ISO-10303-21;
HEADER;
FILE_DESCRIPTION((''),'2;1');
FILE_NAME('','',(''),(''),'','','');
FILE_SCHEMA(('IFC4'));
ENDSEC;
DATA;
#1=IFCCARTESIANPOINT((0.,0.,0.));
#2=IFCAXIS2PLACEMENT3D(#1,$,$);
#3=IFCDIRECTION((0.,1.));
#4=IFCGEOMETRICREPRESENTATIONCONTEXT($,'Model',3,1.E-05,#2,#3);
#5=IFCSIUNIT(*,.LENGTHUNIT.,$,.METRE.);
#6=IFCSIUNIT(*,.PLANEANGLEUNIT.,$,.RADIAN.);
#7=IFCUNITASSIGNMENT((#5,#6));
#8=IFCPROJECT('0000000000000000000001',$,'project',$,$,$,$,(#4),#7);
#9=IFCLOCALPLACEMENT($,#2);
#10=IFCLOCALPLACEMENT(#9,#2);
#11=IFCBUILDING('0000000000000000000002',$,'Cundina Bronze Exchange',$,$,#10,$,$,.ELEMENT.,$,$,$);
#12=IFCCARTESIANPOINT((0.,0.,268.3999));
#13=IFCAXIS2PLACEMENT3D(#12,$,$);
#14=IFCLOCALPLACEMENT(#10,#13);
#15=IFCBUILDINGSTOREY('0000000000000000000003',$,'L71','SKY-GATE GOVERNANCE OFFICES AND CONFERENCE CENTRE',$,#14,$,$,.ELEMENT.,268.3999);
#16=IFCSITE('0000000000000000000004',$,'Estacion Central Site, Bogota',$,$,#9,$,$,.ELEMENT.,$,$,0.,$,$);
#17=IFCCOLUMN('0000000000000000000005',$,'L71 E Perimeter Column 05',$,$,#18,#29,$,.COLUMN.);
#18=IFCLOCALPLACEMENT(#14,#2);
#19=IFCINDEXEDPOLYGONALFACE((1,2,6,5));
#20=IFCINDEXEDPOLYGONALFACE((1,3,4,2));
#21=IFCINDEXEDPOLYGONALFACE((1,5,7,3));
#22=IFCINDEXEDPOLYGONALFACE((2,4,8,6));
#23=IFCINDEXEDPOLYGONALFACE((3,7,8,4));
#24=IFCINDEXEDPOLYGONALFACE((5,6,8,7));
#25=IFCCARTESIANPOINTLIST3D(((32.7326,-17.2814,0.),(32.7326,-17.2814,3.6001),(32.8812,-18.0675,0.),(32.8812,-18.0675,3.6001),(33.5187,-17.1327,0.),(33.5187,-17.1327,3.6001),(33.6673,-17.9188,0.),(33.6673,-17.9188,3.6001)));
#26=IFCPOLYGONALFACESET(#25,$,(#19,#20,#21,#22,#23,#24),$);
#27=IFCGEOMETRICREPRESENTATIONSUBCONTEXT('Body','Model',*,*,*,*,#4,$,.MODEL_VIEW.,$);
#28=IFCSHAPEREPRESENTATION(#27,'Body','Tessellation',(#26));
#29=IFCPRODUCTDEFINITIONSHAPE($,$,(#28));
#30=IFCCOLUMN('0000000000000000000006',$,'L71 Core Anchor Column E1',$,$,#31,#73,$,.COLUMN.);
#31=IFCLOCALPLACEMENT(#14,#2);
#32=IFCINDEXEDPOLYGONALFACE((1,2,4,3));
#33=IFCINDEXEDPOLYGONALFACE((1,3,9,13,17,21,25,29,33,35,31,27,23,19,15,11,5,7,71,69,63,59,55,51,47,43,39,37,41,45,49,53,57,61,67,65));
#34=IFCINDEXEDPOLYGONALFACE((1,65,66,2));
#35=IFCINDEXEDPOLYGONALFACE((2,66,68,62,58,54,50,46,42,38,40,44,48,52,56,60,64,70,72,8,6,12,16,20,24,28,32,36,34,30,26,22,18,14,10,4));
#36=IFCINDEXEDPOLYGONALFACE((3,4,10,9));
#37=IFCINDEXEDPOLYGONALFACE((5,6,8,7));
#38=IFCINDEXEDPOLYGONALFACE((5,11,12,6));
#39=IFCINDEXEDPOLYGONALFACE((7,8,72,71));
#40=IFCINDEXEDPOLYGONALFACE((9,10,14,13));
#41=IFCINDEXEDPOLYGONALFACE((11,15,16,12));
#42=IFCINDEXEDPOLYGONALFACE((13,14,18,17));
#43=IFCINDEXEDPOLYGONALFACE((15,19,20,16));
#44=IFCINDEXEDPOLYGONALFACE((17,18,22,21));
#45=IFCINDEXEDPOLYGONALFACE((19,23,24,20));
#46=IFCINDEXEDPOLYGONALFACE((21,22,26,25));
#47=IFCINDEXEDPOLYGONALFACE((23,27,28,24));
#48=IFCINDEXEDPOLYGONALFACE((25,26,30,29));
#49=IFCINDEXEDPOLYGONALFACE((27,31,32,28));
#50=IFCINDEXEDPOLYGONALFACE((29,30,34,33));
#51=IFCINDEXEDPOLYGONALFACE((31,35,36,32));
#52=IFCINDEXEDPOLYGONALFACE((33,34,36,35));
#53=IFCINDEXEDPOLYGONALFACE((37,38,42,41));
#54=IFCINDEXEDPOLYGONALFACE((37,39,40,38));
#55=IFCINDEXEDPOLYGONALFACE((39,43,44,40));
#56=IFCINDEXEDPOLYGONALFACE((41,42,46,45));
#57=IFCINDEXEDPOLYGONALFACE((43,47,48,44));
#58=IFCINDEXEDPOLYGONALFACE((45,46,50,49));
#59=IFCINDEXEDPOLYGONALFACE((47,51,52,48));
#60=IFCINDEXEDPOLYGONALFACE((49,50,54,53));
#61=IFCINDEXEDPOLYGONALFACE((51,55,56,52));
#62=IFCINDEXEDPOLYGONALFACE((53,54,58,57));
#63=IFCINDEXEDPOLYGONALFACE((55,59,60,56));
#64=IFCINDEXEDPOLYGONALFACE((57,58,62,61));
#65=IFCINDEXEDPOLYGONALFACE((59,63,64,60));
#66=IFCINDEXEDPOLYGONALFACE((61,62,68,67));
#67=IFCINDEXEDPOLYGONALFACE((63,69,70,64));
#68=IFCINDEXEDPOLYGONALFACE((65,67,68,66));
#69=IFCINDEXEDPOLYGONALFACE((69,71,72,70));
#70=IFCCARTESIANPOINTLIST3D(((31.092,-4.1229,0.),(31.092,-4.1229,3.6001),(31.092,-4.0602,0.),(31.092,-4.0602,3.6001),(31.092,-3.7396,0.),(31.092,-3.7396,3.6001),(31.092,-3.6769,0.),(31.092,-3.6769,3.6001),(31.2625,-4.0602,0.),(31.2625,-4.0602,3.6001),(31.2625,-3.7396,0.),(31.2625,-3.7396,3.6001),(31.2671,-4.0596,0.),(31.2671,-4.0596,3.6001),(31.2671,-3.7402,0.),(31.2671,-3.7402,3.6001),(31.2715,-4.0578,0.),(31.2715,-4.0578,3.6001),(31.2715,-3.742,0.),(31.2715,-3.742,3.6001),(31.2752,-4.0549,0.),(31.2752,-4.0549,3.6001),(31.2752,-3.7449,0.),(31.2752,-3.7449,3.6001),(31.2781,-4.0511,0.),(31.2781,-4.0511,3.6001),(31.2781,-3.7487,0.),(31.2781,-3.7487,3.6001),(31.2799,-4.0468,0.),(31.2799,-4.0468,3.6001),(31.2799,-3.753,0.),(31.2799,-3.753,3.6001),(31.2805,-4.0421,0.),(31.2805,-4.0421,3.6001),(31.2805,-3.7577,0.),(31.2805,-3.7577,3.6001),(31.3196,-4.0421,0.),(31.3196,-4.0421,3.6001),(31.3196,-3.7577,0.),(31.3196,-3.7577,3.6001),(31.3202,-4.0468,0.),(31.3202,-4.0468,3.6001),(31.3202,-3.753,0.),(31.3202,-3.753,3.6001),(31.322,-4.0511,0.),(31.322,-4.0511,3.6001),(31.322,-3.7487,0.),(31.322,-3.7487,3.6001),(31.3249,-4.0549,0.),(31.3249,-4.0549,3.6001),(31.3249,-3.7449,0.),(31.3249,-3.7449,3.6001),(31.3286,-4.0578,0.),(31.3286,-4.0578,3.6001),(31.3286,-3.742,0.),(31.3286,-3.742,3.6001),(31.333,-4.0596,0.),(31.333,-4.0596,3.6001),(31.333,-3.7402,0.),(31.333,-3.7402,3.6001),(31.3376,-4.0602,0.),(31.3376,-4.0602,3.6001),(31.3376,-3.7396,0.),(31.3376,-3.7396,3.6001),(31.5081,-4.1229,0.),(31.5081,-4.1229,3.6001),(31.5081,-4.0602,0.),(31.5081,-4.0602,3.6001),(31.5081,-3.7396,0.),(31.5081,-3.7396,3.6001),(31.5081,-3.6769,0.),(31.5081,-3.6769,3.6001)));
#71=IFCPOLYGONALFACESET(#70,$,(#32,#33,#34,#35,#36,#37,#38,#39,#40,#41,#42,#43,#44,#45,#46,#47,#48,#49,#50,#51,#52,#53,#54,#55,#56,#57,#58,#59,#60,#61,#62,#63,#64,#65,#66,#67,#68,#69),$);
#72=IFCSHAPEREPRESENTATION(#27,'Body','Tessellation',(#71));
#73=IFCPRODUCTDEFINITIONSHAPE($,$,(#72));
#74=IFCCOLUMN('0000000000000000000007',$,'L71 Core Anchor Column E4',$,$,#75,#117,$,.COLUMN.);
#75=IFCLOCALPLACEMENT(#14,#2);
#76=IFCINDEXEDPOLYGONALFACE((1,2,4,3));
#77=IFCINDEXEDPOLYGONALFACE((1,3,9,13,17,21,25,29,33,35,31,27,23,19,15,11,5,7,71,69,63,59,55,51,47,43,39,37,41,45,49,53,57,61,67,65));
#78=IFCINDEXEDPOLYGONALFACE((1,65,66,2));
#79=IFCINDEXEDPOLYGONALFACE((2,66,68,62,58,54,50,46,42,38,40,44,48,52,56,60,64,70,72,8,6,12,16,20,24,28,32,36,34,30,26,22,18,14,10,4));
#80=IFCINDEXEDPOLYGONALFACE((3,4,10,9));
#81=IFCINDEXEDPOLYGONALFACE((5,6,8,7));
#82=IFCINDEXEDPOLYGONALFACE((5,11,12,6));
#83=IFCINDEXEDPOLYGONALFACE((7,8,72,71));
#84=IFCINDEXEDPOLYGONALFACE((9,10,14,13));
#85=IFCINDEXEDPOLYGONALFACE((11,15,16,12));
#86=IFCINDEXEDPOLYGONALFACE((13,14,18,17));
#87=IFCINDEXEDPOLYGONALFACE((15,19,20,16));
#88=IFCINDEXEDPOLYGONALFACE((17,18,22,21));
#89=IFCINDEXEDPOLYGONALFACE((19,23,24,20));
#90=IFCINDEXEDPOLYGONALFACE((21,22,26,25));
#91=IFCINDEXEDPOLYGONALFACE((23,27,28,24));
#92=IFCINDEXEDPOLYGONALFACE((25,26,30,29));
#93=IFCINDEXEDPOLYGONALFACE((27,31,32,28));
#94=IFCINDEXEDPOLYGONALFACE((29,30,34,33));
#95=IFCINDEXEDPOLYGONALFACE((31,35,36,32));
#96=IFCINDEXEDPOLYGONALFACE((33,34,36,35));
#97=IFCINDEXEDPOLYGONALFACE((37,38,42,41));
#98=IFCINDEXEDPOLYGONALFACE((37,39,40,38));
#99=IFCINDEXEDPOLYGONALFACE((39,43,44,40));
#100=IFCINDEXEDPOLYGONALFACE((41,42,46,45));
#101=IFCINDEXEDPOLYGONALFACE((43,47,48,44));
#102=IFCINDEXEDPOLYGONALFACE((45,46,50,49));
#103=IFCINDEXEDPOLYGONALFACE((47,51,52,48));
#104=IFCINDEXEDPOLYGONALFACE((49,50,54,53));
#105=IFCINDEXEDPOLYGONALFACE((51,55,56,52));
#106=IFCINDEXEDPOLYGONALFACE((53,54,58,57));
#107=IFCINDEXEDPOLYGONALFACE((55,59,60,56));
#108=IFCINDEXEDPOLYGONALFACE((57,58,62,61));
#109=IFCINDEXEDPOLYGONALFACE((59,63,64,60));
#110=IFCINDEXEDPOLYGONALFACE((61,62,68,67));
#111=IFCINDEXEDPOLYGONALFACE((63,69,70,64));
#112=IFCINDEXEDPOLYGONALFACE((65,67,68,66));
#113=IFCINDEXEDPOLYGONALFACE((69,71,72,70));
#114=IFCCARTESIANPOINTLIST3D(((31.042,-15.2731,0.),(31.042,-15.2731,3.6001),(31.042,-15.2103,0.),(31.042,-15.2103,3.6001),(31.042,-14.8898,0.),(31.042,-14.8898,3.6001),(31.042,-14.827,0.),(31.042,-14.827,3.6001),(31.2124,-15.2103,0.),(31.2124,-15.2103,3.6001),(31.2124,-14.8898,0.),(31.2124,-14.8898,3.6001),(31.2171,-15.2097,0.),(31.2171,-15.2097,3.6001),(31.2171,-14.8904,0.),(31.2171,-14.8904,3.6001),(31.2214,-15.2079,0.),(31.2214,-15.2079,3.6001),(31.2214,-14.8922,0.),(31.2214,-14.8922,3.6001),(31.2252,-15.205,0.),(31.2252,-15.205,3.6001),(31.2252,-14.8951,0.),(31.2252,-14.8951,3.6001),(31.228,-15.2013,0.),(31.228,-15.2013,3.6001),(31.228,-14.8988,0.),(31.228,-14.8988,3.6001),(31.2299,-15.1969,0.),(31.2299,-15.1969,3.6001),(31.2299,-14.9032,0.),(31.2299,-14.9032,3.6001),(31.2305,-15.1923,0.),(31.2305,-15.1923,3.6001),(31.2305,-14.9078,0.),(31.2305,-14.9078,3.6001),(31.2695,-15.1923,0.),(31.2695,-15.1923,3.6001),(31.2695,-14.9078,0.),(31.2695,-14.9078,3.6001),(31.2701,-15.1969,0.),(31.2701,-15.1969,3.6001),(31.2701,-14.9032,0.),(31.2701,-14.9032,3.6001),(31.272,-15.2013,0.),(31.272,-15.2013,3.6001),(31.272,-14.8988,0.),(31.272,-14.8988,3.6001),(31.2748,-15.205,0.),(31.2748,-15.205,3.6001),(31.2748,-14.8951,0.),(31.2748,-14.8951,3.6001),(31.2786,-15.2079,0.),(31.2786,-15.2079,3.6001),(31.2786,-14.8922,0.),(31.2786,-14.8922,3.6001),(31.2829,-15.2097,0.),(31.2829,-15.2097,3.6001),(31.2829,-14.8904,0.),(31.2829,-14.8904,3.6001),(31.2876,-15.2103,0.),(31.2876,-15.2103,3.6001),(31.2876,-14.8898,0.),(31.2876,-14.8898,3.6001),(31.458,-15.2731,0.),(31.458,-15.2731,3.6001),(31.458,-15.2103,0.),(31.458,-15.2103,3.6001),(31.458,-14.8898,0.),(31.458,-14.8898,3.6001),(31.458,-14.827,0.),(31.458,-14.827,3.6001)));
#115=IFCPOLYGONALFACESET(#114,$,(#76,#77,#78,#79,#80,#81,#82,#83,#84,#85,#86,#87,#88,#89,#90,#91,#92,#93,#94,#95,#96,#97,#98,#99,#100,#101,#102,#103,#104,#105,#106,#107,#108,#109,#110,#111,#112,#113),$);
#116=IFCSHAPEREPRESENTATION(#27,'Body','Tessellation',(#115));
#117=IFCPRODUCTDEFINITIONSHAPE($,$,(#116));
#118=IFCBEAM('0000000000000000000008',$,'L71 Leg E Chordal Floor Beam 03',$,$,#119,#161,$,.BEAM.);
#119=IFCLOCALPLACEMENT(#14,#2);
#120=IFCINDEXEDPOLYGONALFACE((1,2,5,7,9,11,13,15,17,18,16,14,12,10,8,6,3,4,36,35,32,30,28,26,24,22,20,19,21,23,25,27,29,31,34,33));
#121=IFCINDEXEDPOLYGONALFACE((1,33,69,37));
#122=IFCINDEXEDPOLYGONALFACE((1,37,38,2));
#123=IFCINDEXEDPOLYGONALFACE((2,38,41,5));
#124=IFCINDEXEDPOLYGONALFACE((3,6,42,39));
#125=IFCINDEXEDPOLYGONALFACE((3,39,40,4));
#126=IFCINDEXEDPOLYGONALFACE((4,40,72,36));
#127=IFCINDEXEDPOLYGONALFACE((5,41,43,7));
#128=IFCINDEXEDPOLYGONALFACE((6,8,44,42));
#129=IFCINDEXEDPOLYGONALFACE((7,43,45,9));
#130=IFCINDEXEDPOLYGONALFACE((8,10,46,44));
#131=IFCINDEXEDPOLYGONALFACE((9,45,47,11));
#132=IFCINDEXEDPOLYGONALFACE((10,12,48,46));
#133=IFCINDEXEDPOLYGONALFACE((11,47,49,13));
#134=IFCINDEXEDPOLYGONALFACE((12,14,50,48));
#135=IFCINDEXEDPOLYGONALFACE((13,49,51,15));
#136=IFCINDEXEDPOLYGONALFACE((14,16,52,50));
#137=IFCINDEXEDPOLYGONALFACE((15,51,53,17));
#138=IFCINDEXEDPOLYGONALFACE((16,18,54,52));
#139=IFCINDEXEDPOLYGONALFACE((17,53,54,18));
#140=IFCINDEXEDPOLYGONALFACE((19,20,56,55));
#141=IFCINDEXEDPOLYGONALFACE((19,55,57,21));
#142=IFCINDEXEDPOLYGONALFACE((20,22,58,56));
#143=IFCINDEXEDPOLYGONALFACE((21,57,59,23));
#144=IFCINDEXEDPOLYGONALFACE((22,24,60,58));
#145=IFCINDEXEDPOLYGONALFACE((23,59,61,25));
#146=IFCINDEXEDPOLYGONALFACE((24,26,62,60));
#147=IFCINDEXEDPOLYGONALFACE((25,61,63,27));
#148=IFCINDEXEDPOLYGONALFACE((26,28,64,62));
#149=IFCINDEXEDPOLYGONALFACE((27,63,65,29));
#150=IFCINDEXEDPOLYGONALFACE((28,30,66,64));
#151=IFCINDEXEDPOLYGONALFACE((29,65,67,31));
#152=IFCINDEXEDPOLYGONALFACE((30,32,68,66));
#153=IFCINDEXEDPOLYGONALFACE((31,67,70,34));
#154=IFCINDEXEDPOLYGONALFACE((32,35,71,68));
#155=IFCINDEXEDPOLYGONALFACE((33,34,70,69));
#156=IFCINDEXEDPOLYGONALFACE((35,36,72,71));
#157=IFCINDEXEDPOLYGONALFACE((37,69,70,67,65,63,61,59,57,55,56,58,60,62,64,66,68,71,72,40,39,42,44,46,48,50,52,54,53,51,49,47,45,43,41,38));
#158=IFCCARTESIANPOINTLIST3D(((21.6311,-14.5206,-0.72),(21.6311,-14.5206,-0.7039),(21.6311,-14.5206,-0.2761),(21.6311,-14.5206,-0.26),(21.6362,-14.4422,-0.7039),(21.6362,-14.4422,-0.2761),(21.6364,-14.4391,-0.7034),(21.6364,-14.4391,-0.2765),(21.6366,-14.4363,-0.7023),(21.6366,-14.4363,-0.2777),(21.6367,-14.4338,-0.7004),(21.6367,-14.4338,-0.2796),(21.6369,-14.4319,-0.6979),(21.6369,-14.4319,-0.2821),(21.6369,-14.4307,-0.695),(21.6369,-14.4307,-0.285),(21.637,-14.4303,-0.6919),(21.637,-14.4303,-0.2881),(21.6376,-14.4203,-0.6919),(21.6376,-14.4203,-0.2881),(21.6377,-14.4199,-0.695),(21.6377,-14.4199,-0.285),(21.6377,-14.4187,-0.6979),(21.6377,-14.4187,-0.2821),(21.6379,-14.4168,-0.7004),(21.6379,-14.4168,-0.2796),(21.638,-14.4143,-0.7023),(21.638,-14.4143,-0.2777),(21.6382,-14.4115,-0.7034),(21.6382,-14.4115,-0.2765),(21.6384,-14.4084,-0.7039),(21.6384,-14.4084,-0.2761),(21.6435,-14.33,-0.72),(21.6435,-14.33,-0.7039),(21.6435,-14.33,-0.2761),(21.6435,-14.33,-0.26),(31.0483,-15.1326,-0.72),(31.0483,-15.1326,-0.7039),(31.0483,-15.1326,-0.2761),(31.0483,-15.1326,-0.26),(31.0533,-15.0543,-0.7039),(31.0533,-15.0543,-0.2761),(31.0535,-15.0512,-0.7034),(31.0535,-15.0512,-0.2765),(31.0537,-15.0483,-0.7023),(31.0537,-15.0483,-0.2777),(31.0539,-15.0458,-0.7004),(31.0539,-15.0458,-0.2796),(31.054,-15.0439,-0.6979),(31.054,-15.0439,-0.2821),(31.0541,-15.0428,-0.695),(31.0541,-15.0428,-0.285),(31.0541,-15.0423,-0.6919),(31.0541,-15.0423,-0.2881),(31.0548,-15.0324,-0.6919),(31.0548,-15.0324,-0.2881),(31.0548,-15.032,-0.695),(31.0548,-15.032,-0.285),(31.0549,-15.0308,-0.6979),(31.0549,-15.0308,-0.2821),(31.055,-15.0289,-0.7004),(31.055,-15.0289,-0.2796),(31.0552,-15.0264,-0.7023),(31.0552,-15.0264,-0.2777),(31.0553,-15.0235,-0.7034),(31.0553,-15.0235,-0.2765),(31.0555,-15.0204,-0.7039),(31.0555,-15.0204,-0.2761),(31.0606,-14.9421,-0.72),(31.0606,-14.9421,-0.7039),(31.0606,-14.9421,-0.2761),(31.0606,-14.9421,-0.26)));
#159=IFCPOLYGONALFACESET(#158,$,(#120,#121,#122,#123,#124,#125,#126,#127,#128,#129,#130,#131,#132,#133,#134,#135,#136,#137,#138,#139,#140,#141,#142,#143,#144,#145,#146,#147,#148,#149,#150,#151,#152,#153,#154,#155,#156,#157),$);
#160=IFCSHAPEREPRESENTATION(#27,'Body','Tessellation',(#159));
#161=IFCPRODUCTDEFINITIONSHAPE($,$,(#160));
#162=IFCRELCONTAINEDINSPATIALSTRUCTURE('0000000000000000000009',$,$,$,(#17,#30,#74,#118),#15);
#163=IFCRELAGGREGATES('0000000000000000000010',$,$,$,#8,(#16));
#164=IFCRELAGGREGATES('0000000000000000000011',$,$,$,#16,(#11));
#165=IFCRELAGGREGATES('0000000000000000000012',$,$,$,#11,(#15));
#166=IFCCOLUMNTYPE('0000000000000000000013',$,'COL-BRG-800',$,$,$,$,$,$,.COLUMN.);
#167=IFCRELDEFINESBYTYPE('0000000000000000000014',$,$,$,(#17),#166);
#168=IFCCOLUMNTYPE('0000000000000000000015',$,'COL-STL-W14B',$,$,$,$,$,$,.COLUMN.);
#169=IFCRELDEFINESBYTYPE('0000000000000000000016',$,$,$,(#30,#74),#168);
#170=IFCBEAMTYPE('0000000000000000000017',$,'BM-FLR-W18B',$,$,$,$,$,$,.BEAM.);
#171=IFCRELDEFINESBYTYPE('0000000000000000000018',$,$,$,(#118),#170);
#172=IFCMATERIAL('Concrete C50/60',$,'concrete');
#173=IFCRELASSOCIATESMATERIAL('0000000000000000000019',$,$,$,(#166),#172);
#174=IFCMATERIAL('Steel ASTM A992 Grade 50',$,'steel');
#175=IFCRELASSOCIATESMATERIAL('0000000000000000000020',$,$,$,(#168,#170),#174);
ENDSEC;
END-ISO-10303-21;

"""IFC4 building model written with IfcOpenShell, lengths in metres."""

from ifc_helpers import new_model, si_unit, direction, frame, origin, origin_2d, place, context, subcontext, project, spatial, rectangle, i_section, extrude, material, material_profile, profile_set, type_object, element, save


model = new_model("IFC4")

# Units and contexts
model_context = context("Model", 3, precision=1e-05, world=origin(), true_north=direction((0.0, 1.0)))
body_context = subcontext(model_context, "Body", "Model", "MODEL_VIEW")
ifc_project = project(units=[si_unit("LENGTHUNIT", "METRE"), si_unit("PLANEANGLEUNIT", "RADIAN")], contexts=[model_context])

# Site, building, storey
site_placement = place(None, origin())
site = spatial("IfcSite", under=ifc_project, at=site_placement, Name="Estacion Central Site, Bogota", CompositionType="ELEMENT", RefElevation=0.0)
building_placement = place(site_placement, origin())
building = spatial("IfcBuilding", under=site, at=building_placement, Name="Cundina Bronze Exchange", CompositionType="ELEMENT")
storey_placement = place(building_placement, frame((0.0, 0.0, 268.3999)))
storey = spatial("IfcBuildingStorey", under=building, at=storey_placement, Name="L71", Description="SKY-GATE GOVERNANCE OFFICES AND CONFERENCE CENTRE", CompositionType="ELEMENT", Elevation=268.3999)

# Columns
ifc_material_1 = material(Name="Concrete C50/60", Category="concrete")
ifc_material_profile_1 = material_profile(ifc_material_1, rectangle(XDim=0.8, YDim=0.8, at=origin_2d()), Name="RC800X800", Category="concrete")
ifc_profile_set_1 = profile_set([ifc_material_profile_1], Name="Concrete C50/60")
column_type_1 = type_object("IfcColumnType", Name="COL-BRG-800", PredefinedType="COLUMN", material=ifc_profile_set_1)
column_placement = place(storey_placement, frame((33.2, -17.6001, 0.0), z_axis=(0.0, 0.0, 1.0), x_axis=(0.98258, 0.185838, 0.0)))
element("IfcColumn", 1, at=column_placement, inside=storey, type_object=column_type_1, Name="L71 E Perimeter Column 05", PredefinedType="COLUMN", context=body_context, shape_type="SweptSolid", body=[
    extrude(rectangle(XDim=0.8, YDim=0.8, at=origin_2d()), origin(), (0.0, 0.0, 1.0), 3.6001),
])
ifc_material_2 = material(Name="Steel ASTM A992 Grade 50", Category="steel")
ifc_material_profile_2 = material_profile(ifc_material_2, i_section(OverallWidth=0.416, OverallDepth=0.446, WebThickness=0.0391, FlangeThickness=0.0627, FilletRadius=0.0181, at=origin_2d()), Name="W14X342", Category="steel")
ifc_profile_set_2 = profile_set([ifc_material_profile_2], Name="Steel ASTM A992 Grade 50")
column_type_2 = type_object("IfcColumnType", Name="COL-STL-W14B", PredefinedType="COLUMN", material=ifc_profile_set_2)
for number, where, z_axis, x_axis, name in (
    (2, (31.3, -3.8999, 0.0), (0.0, 0.0, 1.0), (1.0, 0.0, 0.0), "L71 Core Anchor Column E1"),
    (3, (31.25, -15.05, 0.0), (0.0, 0.0, 1.0), (1.0, 0.0, 0.0), "L71 Core Anchor Column E4"),
):
    element("IfcColumn", number, at=place(storey_placement, frame(where, z_axis=z_axis, x_axis=x_axis)), inside=storey, type_object=column_type_2, Name=name, PredefinedType="COLUMN", context=body_context, shape_type="SweptSolid", body=[
        extrude(i_section(OverallWidth=0.416, OverallDepth=0.446, WebThickness=0.0391, FlangeThickness=0.0627, FilletRadius=0.0181, at=origin_2d()), origin(), (0.0, 0.0, 1.0), 3.6001),
    ])

# Beam
ifc_material_profile_3 = material_profile(ifc_material_2, i_section(OverallWidth=0.1909, OverallDepth=0.46, WebThickness=0.01, FlangeThickness=0.0161, FilletRadius=0.012, at=origin_2d()), Name="W18X55", Category="steel")
ifc_profile_set_3 = profile_set([ifc_material_profile_3], Name="Steel ASTM A992 Grade 50")
beam_type_1 = type_object("IfcBeamType", Name="BM-FLR-W18B", PredefinedType="BEAM", material=ifc_profile_set_3)
beam_1_placement = place(storey_placement, frame((31.0544, -15.0374, -0.49), z_axis=(-0.997895, 0.064857, 0.0), x_axis=(-0.064857, -0.997895, 0.0)))
element("IfcBeam", 4, at=beam_1_placement, inside=storey, type_object=beam_type_1, Name="L71 Leg E Chordal Floor Beam 03", PredefinedType="BEAM", context=body_context, shape_type="SweptSolid", body=[
    extrude(i_section(OverallWidth=0.1909, OverallDepth=0.46, WebThickness=0.01, FlangeThickness=0.0161, FilletRadius=0.012, at=origin_2d()), origin(), (0.0, 0.0, 1.0), 9.437),
])

save(model, "model.ifc")
